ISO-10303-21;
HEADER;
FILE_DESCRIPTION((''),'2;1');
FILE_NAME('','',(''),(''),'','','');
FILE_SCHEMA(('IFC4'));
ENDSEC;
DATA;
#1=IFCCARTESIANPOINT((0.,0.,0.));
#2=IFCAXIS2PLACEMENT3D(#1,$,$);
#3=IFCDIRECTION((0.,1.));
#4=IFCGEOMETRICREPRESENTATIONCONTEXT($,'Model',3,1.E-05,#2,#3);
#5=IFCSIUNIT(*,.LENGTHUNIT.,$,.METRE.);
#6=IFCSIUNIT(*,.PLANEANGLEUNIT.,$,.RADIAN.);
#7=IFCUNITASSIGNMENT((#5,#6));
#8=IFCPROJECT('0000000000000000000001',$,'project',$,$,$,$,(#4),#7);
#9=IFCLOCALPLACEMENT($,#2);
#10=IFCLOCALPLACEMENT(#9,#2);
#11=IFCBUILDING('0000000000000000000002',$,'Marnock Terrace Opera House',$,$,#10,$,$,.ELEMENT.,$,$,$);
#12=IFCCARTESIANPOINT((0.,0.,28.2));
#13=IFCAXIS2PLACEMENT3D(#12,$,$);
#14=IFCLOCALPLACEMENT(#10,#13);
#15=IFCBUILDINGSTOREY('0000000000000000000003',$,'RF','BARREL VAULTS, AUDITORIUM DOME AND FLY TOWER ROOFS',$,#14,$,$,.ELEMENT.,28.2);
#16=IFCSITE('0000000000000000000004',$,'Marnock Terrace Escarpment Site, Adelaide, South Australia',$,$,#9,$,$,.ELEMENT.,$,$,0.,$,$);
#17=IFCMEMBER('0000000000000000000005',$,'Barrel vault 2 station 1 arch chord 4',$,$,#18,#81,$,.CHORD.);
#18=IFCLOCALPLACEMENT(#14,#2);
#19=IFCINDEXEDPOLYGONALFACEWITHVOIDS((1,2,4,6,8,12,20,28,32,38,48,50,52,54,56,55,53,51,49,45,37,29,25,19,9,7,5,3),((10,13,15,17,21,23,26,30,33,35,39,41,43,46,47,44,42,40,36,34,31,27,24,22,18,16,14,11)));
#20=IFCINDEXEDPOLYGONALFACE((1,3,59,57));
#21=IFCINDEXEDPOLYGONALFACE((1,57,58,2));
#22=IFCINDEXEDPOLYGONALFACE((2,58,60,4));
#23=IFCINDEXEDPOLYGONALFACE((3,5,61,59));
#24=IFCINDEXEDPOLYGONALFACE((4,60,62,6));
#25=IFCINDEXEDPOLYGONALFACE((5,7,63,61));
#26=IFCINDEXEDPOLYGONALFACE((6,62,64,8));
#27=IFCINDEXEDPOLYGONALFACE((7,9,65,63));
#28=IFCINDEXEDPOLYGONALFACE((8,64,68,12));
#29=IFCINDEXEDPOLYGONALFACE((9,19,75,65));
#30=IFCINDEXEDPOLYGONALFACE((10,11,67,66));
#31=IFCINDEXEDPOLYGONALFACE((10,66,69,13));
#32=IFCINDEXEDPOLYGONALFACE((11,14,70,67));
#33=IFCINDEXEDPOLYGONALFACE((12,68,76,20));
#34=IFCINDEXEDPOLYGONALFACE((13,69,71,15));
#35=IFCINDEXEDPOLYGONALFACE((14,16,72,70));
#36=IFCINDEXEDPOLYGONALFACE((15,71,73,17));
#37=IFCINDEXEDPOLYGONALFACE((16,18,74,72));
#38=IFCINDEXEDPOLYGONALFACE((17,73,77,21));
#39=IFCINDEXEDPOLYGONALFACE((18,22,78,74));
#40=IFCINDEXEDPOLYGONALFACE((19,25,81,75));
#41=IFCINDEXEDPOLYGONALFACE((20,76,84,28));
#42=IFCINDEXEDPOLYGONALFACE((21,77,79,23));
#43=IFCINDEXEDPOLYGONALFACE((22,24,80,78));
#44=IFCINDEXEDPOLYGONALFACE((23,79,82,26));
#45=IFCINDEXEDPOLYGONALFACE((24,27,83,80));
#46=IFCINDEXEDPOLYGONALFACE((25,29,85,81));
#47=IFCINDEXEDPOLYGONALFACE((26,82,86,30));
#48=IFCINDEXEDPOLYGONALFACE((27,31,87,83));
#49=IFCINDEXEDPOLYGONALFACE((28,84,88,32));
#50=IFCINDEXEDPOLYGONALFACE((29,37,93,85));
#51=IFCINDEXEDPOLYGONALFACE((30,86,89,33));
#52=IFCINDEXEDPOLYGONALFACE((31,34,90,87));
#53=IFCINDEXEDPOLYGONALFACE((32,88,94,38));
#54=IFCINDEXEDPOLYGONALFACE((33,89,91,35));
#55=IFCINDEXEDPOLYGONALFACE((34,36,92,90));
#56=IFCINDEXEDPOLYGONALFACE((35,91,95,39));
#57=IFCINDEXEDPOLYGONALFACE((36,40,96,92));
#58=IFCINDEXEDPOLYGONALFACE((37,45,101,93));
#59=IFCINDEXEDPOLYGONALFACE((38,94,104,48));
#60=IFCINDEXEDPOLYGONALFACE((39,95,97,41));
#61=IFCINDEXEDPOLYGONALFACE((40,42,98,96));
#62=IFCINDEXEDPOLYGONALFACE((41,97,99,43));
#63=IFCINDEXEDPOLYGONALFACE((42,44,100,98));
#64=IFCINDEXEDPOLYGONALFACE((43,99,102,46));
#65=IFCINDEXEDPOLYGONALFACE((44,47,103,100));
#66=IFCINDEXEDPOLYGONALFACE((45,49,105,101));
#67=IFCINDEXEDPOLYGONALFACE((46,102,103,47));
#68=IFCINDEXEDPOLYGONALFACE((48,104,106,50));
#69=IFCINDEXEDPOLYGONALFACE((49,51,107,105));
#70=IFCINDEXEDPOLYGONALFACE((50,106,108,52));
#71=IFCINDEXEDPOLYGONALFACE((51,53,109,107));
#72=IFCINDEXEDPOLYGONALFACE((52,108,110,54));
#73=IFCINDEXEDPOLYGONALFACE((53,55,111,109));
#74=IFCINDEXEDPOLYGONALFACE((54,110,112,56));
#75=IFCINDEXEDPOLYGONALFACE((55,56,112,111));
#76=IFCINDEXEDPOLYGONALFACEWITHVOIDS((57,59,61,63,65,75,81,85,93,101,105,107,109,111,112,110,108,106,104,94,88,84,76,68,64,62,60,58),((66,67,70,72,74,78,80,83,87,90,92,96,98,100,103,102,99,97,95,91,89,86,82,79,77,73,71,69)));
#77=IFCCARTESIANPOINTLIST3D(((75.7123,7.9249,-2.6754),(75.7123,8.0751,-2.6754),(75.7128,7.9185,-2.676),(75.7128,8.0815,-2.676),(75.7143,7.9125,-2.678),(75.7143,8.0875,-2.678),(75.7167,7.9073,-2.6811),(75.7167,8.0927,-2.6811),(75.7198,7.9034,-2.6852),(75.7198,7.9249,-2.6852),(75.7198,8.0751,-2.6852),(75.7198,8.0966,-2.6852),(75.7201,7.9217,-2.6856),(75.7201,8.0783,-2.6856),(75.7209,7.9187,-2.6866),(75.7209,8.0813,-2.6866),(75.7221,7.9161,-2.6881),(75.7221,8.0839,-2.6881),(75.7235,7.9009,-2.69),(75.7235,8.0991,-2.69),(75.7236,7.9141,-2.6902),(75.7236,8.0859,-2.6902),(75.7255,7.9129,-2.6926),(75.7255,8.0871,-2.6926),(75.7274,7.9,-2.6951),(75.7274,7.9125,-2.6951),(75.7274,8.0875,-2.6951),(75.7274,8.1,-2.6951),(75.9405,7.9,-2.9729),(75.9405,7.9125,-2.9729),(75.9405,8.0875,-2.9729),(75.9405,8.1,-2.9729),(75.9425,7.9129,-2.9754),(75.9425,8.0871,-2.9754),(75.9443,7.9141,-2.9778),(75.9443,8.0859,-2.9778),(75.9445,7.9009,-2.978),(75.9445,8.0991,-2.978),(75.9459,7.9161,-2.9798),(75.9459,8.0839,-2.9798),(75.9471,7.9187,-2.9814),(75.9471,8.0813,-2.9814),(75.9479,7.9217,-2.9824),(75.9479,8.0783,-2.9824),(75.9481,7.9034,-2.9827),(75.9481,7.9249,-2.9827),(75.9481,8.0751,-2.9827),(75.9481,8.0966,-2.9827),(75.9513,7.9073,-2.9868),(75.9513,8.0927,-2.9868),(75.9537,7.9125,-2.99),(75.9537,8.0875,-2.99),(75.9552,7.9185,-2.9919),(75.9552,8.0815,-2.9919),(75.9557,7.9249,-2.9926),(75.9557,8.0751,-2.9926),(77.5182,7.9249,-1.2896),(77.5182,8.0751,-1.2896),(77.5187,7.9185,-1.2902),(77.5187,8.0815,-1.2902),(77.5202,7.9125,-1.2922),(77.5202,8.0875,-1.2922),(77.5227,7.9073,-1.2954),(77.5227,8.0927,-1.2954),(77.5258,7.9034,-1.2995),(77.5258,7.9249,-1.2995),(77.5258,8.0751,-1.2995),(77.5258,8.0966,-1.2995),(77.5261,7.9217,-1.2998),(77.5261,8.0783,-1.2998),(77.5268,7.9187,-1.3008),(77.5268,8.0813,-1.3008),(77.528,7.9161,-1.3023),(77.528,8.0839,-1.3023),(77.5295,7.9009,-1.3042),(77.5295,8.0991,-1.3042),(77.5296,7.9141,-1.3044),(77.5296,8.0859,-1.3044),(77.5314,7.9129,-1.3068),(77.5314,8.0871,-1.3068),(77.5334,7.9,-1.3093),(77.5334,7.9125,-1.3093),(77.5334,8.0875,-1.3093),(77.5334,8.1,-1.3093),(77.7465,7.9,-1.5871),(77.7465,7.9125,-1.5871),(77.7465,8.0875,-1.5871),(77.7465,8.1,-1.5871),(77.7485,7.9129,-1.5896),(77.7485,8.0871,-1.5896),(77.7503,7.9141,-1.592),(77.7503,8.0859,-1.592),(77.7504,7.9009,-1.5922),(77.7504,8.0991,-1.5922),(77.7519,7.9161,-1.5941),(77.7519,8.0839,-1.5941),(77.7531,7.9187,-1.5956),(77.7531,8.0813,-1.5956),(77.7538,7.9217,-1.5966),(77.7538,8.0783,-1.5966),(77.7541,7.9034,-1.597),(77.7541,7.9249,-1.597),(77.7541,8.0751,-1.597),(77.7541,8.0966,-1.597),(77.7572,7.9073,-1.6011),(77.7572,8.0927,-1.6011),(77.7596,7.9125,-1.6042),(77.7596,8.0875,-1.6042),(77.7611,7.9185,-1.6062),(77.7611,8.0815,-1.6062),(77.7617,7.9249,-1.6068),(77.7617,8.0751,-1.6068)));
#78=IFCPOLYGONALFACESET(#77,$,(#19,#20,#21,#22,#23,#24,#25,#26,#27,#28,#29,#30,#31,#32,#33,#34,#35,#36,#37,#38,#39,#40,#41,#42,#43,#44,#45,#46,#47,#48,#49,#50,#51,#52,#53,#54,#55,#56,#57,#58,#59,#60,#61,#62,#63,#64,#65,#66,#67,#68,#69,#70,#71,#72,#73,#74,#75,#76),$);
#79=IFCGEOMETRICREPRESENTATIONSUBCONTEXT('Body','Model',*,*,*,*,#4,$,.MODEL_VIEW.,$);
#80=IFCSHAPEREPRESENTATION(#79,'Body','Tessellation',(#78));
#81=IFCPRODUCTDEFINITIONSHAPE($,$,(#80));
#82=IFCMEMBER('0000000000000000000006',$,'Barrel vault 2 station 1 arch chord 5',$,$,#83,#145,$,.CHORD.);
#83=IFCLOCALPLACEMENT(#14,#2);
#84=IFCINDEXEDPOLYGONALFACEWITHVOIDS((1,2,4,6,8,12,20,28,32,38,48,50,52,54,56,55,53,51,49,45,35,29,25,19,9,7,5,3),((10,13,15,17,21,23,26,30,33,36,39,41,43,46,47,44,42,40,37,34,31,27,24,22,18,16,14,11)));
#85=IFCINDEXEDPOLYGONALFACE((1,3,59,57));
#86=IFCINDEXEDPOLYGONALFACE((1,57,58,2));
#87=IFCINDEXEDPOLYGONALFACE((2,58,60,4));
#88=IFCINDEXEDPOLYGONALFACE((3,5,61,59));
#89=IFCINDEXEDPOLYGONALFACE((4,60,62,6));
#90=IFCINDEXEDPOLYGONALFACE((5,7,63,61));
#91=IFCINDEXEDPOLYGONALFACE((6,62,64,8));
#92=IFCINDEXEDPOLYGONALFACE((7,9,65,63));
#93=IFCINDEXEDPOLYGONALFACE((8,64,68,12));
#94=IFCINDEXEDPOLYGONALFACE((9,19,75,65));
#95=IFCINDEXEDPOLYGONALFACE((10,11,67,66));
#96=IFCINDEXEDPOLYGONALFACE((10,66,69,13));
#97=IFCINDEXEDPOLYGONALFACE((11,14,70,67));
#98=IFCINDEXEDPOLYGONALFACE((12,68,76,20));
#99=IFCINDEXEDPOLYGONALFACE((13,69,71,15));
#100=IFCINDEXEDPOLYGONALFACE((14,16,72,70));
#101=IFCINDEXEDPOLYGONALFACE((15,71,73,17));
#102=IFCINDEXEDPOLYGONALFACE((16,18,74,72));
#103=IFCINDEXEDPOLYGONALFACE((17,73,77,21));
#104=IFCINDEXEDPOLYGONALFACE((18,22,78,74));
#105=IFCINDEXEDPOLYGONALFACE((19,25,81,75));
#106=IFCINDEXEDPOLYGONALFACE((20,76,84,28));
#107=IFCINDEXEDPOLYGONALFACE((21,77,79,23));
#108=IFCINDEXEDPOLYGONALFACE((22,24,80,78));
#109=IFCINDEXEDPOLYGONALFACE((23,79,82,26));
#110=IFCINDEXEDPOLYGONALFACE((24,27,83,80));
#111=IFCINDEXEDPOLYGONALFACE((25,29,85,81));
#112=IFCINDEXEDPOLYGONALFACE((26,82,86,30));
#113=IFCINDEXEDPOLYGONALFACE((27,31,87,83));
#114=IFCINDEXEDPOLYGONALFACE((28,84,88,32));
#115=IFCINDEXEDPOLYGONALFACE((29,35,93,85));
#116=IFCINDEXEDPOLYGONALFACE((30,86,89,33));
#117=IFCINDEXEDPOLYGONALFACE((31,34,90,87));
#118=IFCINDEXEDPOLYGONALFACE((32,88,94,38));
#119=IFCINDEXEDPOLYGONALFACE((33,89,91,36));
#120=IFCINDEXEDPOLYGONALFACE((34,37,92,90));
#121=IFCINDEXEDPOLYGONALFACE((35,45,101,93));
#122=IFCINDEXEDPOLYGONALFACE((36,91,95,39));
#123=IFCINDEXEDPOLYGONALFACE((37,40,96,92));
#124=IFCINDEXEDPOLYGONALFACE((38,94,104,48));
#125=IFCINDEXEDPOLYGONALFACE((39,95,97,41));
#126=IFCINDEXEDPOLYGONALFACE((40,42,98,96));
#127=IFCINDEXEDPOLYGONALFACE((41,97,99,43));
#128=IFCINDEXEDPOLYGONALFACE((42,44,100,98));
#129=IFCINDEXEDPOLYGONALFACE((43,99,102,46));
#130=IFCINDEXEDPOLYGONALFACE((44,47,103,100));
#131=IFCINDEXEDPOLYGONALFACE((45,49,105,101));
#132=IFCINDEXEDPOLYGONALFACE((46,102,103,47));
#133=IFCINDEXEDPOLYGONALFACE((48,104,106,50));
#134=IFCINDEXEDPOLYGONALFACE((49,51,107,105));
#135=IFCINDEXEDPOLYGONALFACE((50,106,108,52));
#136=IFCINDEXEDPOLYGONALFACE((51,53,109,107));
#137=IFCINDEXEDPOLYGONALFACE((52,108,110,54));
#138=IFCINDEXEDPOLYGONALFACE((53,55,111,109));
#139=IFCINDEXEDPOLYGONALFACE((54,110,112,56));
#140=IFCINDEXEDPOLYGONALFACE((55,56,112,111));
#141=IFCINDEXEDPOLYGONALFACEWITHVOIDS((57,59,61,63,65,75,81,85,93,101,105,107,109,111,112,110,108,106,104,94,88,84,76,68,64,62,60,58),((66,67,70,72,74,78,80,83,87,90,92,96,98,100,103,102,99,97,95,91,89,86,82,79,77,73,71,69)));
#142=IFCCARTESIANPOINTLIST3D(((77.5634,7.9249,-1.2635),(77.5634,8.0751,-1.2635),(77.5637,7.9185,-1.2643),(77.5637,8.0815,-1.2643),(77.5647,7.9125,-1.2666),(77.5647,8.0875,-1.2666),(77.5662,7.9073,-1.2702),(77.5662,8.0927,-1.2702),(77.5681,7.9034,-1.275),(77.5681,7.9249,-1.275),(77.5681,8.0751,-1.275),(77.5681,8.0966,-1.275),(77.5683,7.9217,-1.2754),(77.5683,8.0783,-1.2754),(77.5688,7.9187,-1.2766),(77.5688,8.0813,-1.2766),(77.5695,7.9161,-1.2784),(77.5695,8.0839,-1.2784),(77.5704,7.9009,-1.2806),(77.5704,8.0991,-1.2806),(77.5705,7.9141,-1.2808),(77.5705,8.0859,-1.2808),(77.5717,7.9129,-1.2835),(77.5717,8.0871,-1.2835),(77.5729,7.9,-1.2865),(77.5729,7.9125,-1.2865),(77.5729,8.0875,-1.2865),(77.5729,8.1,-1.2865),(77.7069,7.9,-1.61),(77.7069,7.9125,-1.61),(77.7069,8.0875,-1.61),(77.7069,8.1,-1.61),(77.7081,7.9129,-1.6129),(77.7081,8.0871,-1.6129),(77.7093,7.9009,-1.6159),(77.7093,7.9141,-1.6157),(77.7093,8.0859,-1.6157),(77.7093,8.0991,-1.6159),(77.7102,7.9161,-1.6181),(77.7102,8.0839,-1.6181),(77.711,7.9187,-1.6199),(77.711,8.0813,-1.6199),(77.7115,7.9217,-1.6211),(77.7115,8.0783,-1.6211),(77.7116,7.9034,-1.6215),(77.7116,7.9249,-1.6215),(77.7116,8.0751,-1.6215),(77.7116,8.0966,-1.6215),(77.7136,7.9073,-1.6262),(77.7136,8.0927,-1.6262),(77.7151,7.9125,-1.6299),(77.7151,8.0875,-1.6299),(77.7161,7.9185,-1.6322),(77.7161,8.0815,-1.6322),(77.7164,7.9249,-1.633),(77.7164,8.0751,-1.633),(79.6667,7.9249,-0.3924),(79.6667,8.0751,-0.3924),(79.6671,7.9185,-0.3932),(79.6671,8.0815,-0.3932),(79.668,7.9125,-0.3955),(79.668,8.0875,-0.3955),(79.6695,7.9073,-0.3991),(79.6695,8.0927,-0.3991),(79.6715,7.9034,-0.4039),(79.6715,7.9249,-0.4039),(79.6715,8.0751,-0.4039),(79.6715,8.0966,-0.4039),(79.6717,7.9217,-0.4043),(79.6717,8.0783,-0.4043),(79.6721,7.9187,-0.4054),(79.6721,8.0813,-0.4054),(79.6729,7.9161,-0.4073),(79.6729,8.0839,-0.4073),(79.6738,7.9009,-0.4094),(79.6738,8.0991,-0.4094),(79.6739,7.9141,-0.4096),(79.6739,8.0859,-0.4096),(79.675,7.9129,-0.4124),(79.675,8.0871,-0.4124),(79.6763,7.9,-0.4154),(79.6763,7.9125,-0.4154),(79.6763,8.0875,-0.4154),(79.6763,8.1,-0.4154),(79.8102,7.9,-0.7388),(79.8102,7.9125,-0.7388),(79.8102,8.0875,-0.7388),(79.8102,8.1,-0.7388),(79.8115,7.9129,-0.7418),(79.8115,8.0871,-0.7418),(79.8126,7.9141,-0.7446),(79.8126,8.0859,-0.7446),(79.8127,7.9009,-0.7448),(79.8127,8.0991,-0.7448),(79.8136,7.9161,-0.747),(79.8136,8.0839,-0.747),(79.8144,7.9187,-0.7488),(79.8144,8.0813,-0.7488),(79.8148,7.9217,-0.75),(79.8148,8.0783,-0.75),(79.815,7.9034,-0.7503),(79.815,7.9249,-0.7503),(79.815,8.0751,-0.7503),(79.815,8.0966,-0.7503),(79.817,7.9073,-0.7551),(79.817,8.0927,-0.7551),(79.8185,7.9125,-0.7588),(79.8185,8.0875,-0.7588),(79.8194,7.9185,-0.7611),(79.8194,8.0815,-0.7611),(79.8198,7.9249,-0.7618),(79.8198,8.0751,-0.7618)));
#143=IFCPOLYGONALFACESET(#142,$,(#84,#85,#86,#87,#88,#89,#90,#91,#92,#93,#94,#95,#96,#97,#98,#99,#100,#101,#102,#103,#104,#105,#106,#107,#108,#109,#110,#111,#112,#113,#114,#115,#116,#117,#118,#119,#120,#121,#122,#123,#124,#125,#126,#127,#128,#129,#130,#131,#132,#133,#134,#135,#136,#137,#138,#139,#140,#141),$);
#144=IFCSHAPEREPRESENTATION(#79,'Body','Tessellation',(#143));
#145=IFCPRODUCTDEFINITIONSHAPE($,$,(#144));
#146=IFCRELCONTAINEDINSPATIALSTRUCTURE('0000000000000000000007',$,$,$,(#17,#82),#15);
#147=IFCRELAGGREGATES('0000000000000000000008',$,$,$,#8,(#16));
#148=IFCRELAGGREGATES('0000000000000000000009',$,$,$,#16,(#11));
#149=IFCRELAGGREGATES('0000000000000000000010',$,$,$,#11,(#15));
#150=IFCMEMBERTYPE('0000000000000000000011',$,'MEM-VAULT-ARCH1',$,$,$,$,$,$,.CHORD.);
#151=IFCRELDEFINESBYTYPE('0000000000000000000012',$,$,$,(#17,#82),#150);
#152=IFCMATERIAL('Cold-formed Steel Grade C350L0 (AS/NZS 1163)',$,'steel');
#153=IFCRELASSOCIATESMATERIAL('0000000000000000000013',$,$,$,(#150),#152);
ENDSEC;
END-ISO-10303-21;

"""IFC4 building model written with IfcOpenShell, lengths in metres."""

from ifc_helpers import new_model, si_unit, direction, frame, origin, origin_2d, place, context, subcontext, project, spatial, hollow_rectangle, extrude, material, material_profile, profile_set, type_object, element, save


model = new_model("IFC4")

# Units and contexts
model_context = context("Model", 3, precision=1e-05, world=origin(), true_north=direction((0.0, 1.0)))
body_context = subcontext(model_context, "Body", "Model", "MODEL_VIEW")
ifc_project = project(units=[si_unit("LENGTHUNIT", "METRE"), si_unit("PLANEANGLEUNIT", "RADIAN")], contexts=[model_context])

# Site, building, storey
site_placement = place(None, origin())
site = spatial("IfcSite", under=ifc_project, at=site_placement, Name="Marnock Terrace Escarpment Site, Adelaide, South Australia", CompositionType="ELEMENT", RefElevation=0.0)
building_placement = place(site_placement, origin())
building = spatial("IfcBuilding", under=site, at=building_placement, Name="Marnock Terrace Opera House", CompositionType="ELEMENT")
storey_placement = place(building_placement, frame((0.0, 0.0, 28.2)))
storey = spatial("IfcBuildingStorey", under=building, at=storey_placement, Name="RF", Description="BARREL VAULTS, AUDITORIUM DOME AND FLY TOWER ROOFS", CompositionType="ELEMENT", Elevation=28.2)

# Members
ifc_material_1 = material(Name="Cold-formed Steel Grade C350L0 (AS/NZS 1163)", Category="steel")
ifc_material_profile_1 = material_profile(ifc_material_1, hollow_rectangle(XDim=0.2, YDim=0.3999, WallThickness=0.0125, InnerFilletRadius=0.0125, OuterFilletRadius=0.0249, at=origin_2d()))
ifc_profile_set_1 = profile_set([ifc_material_profile_1], Name="Cold-formed Steel Grade C350L0 (AS/NZS 1163)")
member_type_1 = type_object("IfcMemberType", Name="MEM-VAULT-ARCH1", PredefinedType="CHORD", material=ifc_profile_set_1)
for number, where, z_axis, x_axis, name in (
    (1, (75.834, 8.0, -2.834), (0.793349, 0.0, 0.608767), (0.0, 1.0, 0.0), "Barrel vault 2 station 1 arch chord 4"),
):
    element("IfcMember", number, at=place(storey_placement, frame(where, z_axis=z_axis, x_axis=x_axis)), inside=storey, type_object=member_type_1, Name=name, PredefinedType="CHORD", context=body_context, shape_type="SweptSolid", body=[
        extrude(hollow_rectangle(XDim=0.2, YDim=0.3999, WallThickness=0.0125, InnerFilletRadius=0.0125, OuterFilletRadius=0.0249, at=origin_2d()), origin(), (0.0, 0.0, 1.0), 2.2764),
    ])
member_1_placement = place(storey_placement, frame((77.6399, 8.0, -1.4482), z_axis=(0.923897, 0.0, 0.382642), x_axis=(0.0, 1.0, 0.0)))
element("IfcMember", 2, at=member_1_placement, inside=storey, type_object=member_type_1, Name="Barrel vault 2 station 1 arch chord 5", PredefinedType="CHORD", context=body_context, shape_type="SweptSolid", body=[
    extrude(hollow_rectangle(XDim=0.2, YDim=0.3999, WallThickness=0.0125, InnerFilletRadius=0.0125, OuterFilletRadius=0.0249, at=origin_2d()), origin(), (0.0, 0.0, 1.0), 2.2766),
])

save(model, "model.ifc")
